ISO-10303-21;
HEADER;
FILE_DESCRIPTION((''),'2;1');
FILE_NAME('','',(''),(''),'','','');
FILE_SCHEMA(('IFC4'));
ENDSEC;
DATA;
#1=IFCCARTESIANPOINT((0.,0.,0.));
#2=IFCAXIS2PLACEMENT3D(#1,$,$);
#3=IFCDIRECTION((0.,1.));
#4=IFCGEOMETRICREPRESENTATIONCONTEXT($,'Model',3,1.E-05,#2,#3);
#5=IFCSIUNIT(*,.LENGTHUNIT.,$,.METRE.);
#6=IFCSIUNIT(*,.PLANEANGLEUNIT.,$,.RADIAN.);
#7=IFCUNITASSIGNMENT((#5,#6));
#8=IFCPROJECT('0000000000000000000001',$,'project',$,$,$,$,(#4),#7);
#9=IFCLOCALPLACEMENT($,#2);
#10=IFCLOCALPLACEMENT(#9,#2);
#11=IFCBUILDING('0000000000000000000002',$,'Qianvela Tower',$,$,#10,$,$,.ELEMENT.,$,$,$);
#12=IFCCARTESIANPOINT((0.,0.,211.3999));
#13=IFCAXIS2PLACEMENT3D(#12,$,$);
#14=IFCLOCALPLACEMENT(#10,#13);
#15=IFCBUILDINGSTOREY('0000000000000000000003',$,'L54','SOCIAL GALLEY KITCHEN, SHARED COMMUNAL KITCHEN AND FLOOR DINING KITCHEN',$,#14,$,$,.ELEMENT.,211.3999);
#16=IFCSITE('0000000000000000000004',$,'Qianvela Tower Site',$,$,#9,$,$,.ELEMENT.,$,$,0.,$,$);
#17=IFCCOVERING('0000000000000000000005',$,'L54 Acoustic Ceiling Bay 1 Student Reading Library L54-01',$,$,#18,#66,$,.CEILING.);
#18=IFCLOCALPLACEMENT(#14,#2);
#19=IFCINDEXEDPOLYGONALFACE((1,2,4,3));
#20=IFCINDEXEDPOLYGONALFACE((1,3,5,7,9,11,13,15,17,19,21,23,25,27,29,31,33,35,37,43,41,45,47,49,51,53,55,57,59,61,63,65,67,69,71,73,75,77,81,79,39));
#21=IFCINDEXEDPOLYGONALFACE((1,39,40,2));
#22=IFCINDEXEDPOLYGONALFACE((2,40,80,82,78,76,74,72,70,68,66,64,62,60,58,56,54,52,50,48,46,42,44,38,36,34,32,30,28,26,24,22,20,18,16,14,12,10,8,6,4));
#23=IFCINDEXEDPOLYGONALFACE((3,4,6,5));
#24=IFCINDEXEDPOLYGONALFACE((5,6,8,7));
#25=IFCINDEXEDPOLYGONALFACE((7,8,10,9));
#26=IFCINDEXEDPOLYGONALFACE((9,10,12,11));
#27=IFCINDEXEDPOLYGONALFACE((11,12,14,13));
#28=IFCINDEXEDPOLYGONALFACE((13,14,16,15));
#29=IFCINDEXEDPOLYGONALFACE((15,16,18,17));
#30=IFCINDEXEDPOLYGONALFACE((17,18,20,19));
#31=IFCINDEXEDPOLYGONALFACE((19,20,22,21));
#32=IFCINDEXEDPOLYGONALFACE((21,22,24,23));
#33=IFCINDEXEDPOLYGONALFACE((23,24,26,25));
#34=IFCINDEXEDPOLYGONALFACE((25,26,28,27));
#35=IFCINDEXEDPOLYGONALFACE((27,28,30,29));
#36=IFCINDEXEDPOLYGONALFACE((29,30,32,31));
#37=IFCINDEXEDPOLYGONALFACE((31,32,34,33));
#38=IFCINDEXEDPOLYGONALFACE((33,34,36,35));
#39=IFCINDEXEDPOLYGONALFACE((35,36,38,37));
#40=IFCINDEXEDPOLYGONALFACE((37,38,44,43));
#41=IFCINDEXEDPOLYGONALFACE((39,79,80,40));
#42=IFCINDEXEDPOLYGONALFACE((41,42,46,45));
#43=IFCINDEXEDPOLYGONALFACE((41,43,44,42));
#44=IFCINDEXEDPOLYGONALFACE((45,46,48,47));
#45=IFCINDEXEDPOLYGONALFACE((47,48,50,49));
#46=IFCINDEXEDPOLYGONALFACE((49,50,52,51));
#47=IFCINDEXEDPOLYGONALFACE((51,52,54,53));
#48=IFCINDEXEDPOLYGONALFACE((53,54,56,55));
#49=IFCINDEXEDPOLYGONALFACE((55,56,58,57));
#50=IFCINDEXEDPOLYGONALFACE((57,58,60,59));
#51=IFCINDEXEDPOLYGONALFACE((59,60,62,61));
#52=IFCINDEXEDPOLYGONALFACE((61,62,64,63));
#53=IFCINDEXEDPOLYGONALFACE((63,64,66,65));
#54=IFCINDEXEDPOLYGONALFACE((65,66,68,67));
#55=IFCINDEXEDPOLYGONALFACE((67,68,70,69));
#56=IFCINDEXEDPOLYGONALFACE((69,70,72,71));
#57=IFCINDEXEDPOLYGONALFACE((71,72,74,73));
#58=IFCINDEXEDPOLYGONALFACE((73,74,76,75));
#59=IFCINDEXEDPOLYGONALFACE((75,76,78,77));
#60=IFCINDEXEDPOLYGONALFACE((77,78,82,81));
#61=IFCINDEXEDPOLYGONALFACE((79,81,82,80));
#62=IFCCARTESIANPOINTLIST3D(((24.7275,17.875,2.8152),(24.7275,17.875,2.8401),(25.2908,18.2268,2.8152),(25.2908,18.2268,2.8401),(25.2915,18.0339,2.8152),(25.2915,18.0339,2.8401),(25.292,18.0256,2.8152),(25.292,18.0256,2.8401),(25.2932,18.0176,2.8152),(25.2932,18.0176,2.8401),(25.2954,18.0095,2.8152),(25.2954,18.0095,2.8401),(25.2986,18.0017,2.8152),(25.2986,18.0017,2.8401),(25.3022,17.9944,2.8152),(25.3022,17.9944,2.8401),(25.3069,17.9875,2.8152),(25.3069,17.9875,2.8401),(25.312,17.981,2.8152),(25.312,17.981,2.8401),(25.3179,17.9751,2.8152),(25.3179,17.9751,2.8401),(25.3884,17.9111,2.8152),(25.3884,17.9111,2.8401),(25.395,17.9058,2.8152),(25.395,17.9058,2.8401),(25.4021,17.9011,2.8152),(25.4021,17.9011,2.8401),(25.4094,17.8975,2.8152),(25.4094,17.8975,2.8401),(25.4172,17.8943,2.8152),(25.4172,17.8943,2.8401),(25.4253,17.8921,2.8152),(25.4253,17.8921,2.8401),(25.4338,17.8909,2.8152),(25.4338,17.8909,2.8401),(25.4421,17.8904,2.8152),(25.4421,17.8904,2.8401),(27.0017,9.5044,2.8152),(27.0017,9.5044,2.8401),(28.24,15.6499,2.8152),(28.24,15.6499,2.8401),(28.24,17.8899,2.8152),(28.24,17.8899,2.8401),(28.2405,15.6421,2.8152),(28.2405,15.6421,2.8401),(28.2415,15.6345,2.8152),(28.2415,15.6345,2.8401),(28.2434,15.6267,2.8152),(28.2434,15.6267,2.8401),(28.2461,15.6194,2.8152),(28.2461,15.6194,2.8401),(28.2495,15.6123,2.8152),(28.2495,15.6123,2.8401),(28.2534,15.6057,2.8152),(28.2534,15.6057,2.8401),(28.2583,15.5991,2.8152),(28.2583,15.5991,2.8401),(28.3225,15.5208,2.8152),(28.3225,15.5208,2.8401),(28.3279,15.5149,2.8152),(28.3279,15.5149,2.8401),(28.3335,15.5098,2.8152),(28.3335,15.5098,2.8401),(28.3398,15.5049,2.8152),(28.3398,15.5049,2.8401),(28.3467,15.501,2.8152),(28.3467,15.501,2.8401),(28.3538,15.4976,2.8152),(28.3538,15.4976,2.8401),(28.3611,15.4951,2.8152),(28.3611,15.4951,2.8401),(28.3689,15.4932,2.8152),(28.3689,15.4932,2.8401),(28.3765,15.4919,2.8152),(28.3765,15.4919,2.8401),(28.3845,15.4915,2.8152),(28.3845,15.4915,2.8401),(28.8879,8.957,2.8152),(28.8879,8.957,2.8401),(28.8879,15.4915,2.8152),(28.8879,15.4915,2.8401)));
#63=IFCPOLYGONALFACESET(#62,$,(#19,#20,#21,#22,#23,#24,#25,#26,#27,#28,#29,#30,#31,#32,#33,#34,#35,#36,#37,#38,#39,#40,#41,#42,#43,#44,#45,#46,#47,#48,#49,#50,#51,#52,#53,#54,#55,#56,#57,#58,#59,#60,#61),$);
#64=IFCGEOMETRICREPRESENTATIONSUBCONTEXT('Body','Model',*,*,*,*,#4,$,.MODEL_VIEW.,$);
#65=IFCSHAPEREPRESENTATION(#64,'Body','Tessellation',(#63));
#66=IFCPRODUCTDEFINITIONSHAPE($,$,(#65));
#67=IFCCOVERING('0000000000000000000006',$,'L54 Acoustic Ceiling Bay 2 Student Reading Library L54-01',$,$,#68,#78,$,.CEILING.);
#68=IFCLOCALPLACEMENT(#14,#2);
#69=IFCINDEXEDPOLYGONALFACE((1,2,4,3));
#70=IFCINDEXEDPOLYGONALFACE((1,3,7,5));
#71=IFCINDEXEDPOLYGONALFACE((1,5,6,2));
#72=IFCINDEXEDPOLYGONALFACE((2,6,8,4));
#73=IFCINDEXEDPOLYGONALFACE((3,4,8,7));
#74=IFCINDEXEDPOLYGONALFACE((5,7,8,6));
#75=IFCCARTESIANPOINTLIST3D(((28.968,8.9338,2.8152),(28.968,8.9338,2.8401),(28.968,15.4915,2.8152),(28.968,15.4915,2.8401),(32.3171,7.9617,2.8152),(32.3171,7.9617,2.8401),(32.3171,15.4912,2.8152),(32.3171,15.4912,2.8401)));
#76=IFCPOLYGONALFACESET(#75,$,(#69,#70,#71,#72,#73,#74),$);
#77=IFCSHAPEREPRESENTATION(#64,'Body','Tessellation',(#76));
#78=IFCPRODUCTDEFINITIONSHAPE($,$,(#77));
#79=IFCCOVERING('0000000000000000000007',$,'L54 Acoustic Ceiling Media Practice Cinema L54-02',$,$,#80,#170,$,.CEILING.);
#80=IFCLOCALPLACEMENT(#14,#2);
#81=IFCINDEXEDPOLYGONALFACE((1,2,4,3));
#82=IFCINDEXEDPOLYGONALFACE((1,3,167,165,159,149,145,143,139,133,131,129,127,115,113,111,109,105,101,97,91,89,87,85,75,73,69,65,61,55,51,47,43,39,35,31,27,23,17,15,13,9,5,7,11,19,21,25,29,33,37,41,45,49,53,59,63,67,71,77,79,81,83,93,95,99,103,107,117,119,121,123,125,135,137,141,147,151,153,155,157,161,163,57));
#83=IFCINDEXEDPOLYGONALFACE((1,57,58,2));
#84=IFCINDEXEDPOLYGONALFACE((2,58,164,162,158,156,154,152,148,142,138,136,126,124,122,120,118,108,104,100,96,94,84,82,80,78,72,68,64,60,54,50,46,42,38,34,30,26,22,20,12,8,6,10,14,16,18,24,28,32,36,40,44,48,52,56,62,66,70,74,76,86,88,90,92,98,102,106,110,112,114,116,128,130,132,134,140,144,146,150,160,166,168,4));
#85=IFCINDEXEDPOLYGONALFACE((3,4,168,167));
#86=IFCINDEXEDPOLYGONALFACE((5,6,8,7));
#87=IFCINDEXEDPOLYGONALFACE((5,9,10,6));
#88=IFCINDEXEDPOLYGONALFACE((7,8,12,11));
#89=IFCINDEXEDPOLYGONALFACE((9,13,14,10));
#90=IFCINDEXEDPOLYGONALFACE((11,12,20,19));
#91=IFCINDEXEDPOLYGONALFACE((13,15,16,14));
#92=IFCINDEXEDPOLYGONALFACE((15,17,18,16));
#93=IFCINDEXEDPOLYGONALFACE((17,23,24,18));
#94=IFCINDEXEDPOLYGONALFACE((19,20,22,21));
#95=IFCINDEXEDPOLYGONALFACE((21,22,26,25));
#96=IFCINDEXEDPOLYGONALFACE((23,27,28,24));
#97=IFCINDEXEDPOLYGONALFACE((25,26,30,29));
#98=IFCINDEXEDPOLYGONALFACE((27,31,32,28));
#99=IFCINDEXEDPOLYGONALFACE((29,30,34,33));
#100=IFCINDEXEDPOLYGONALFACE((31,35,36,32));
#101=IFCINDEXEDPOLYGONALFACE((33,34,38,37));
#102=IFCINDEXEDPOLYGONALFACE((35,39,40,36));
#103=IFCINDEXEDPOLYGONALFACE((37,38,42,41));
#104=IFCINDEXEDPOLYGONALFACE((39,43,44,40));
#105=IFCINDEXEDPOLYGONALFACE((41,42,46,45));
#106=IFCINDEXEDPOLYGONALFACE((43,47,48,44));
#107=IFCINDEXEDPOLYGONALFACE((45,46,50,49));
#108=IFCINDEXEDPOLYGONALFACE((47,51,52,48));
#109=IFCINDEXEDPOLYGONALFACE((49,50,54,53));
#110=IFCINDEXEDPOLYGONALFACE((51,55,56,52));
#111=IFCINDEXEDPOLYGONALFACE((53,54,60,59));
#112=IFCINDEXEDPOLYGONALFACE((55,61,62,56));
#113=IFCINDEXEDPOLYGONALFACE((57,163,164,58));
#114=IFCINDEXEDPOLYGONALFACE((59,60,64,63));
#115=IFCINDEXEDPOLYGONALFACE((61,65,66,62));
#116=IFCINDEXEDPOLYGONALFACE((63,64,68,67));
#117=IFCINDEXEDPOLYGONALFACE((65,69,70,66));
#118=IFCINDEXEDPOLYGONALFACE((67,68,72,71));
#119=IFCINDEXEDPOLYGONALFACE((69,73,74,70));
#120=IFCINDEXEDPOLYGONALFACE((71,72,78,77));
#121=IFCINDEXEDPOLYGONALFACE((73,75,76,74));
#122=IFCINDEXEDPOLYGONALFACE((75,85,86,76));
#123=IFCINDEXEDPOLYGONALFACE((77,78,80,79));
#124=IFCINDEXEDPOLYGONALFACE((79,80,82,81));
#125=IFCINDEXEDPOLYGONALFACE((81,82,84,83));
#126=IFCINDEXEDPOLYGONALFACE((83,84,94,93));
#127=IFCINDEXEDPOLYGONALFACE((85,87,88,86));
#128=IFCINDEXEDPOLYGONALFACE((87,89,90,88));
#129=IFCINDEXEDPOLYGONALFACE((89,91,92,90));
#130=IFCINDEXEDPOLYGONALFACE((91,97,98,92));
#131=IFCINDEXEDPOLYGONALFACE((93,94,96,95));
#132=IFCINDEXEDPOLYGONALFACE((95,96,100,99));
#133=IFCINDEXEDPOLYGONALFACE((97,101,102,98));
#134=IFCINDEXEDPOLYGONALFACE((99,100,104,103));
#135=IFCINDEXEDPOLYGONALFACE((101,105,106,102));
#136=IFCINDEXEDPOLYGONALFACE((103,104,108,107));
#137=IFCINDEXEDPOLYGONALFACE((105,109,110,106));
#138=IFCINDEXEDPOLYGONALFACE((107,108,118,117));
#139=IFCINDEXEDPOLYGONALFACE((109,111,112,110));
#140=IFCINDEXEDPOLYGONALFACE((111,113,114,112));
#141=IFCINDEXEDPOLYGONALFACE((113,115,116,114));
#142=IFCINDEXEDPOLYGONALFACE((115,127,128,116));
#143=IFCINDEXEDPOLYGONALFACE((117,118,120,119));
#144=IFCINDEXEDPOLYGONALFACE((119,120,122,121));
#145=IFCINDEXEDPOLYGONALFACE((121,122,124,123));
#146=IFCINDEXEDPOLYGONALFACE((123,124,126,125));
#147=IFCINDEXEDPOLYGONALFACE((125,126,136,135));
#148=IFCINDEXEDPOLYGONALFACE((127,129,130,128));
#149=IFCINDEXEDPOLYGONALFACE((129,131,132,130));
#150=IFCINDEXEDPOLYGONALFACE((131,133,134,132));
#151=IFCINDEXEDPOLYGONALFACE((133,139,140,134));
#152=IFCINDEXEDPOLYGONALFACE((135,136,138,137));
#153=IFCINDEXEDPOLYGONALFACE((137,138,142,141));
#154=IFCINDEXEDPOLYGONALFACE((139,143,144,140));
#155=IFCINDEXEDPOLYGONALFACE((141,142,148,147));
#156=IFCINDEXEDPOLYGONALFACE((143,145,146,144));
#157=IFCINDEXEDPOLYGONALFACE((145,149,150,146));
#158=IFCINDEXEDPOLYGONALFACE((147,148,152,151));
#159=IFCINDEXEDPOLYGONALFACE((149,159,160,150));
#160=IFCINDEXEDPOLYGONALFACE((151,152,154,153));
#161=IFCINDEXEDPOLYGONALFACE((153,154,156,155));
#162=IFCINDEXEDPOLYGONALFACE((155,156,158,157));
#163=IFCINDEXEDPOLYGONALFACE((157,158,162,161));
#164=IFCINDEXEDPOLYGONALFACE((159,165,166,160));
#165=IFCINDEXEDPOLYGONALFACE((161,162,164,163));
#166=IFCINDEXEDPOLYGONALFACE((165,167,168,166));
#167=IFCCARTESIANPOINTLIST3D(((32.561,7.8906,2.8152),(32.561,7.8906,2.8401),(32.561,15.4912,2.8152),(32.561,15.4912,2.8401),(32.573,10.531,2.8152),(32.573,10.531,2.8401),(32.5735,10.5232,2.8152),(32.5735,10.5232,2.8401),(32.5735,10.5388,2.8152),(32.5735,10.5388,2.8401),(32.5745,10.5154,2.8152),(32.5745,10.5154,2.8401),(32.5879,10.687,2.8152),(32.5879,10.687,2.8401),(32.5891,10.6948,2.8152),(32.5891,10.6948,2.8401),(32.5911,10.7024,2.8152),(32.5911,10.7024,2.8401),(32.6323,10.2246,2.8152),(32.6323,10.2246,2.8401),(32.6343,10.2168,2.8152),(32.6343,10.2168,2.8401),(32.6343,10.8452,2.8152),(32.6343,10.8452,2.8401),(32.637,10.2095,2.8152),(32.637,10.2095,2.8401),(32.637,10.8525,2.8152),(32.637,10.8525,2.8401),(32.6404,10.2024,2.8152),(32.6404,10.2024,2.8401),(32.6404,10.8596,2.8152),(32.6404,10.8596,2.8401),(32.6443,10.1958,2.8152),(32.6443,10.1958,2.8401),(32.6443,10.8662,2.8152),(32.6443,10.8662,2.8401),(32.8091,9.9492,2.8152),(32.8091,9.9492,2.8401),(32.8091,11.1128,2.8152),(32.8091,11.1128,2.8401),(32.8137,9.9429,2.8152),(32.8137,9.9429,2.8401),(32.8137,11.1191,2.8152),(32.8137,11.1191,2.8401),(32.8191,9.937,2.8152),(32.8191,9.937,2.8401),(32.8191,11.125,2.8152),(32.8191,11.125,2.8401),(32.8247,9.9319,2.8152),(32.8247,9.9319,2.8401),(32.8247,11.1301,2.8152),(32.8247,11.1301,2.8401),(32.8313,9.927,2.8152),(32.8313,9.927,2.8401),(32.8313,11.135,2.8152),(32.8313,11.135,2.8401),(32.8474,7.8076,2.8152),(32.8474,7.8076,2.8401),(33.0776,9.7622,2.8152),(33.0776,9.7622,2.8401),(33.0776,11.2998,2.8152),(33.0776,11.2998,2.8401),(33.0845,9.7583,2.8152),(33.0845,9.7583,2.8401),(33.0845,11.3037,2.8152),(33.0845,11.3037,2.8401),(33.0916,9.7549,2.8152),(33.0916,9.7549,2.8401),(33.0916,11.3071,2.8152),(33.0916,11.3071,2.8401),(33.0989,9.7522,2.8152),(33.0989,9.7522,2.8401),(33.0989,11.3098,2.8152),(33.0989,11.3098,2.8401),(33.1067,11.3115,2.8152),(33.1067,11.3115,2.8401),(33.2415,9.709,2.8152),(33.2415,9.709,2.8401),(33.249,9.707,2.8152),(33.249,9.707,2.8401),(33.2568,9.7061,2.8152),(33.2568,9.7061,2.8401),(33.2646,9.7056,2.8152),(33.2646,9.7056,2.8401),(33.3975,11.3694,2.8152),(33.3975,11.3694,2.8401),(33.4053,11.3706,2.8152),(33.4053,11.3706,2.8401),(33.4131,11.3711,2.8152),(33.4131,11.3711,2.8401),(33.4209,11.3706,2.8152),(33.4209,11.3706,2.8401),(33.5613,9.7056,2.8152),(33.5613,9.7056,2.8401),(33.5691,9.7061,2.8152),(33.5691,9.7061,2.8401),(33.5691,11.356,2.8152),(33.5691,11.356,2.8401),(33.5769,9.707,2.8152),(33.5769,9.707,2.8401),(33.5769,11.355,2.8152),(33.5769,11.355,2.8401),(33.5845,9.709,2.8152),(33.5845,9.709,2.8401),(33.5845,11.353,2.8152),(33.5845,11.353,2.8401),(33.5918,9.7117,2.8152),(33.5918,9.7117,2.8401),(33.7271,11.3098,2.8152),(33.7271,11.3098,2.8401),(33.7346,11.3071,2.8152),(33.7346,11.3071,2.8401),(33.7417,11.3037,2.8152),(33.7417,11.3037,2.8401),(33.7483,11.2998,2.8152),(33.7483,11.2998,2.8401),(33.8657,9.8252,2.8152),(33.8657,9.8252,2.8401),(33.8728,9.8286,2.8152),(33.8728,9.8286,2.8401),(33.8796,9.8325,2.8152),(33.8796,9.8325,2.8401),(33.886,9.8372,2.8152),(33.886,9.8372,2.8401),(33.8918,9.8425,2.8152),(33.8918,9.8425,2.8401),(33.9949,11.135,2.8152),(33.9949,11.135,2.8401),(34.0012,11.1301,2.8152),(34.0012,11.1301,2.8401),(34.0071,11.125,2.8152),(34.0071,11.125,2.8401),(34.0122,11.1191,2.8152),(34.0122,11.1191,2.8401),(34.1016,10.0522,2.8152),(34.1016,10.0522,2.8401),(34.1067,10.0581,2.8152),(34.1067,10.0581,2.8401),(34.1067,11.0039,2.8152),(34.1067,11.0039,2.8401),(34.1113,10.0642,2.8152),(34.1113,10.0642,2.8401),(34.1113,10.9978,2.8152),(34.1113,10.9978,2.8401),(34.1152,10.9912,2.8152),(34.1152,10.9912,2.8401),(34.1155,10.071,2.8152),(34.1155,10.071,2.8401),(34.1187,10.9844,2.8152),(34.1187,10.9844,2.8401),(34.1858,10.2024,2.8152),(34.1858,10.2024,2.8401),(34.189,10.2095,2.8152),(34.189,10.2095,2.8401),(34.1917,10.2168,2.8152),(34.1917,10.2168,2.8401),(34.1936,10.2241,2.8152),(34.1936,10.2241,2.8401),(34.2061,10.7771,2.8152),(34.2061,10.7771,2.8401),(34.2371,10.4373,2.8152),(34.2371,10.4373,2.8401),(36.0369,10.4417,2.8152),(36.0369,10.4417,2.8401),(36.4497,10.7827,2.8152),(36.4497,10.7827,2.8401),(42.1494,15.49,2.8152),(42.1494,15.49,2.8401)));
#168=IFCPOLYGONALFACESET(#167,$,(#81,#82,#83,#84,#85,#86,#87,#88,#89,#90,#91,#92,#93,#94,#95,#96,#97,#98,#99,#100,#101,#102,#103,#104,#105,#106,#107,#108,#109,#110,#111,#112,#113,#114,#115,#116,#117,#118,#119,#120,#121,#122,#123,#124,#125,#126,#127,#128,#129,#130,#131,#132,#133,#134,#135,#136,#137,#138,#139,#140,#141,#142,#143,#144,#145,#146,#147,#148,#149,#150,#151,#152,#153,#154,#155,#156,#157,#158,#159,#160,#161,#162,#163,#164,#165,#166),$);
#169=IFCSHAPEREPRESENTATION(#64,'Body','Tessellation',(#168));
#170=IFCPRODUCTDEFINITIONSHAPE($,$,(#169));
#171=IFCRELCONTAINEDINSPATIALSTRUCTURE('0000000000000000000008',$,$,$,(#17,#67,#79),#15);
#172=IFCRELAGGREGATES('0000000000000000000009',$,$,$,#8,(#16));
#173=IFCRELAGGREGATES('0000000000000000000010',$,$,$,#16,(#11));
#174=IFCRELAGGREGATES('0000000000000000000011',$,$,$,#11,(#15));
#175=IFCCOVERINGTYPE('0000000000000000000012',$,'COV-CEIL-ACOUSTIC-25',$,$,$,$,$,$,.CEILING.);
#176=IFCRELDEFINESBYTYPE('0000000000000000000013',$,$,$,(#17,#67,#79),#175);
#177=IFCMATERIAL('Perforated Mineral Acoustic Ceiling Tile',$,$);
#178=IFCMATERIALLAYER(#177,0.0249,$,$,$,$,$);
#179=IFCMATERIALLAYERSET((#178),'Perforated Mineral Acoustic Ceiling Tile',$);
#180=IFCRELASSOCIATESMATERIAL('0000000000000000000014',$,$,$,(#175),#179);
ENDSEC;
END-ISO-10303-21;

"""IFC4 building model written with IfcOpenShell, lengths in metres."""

from ifc_helpers import new_model, si_unit, direction, frame, origin, place, context, subcontext, project, spatial, polyline, outline, extrude, material, layer, layer_set, type_object, element, save


model = new_model("IFC4")

# Units and contexts
model_context = context("Model", 3, precision=1e-05, world=origin(), true_north=direction((0.0, 1.0)))
body_context = subcontext(model_context, "Body", "Model", "MODEL_VIEW")
ifc_project = project(units=[si_unit("LENGTHUNIT", "METRE"), si_unit("PLANEANGLEUNIT", "RADIAN")], contexts=[model_context])

# Site, building, storey
site_placement = place(None, origin())
site = spatial("IfcSite", under=ifc_project, at=site_placement, Name="Qianvela Tower Site", CompositionType="ELEMENT", RefElevation=0.0)
building_placement = place(site_placement, origin())
building = spatial("IfcBuilding", under=site, at=building_placement, Name="Qianvela Tower", CompositionType="ELEMENT")
storey_placement = place(building_placement, frame((0.0, 0.0, 211.3999)))
storey = spatial("IfcBuildingStorey", under=building, at=storey_placement, Name="L54", Description="SOCIAL GALLEY KITCHEN, SHARED COMMUNAL KITCHEN AND FLOOR DINING KITCHEN", CompositionType="ELEMENT", Elevation=211.3999)

# Coverings
ifc_material_1 = material(Name="Perforated Mineral Acoustic Ceiling Tile")
ifc_layer_1 = layer(ifc_material_1, 0.0249)
ifc_layer_set_1 = layer_set([ifc_layer_1], Name="Perforated Mineral Acoustic Ceiling Tile")
covering_type_1 = type_object("IfcCoveringType", Name="COV-CEIL-ACOUSTIC-25", PredefinedType="CEILING", material=ifc_layer_set_1)
covering_1_placement = place(storey_placement, frame((0.0, 0.0, 2.8152)))
element("IfcCovering", 1, at=covering_1_placement, inside=storey, type_object=covering_type_1, Name="L54 Acoustic Ceiling Bay 1 Student Reading Library L54-01", PredefinedType="CEILING", context=body_context, shape_type="SweptSolid", body=[
    extrude(outline(polyline([(25.2915, 18.0339), (25.292, 18.0256), (25.2932, 18.0176), (25.2954, 18.0095), (25.2986, 18.0017), (25.3022, 17.9944), (25.3069, 17.9875), (25.312, 17.981), (25.3179, 17.9751), (25.3884, 17.9111), (25.395, 17.9058), (25.4021, 17.9011), (25.4094, 17.8975), (25.4172, 17.8943), (25.4253, 17.8921), (25.4338, 17.8909), (25.4421, 17.8904), (28.24, 17.8899), (28.24, 15.6499), (28.2405, 15.6421), (28.2415, 15.6345), (28.2434, 15.6267), (28.2461, 15.6194), (28.2495, 15.6123), (28.2534, 15.6057), (28.2583, 15.5991), (28.3225, 15.5208), (28.3279, 15.5149), (28.3335, 15.5098), (28.3398, 15.5049), (28.3467, 15.501), (28.3538, 15.4976), (28.3611, 15.4951), (28.3689, 15.4932), (28.3765, 15.4919), (28.3845, 15.4915), (28.8879, 15.4915), (28.8879, 8.957), (27.0017, 9.5044), (24.7275, 17.875), (25.2908, 18.2268), (25.2915, 18.0339)])), origin(), (0.0, 0.0, 1.0), 0.0249),
])
covering_2_placement = place(storey_placement, frame((0.0, 0.0, 2.8152)))
element("IfcCovering", 2, at=covering_2_placement, inside=storey, type_object=covering_type_1, Name="L54 Acoustic Ceiling Bay 2 Student Reading Library L54-01", PredefinedType="CEILING", context=body_context, shape_type="SweptSolid", body=[
    extrude(outline(polyline([(32.3171, 15.4912), (32.3171, 7.9617), (28.968, 8.9338), (28.968, 15.4915), (32.3171, 15.4912)])), origin(), (0.0, 0.0, 1.0), 0.0249),
])
covering_3_placement = place(storey_placement, frame((0.0, 0.0, 2.8152)))
element("IfcCovering", 3, at=covering_3_placement, inside=storey, type_object=covering_type_1, Name="L54 Acoustic Ceiling Media Practice Cinema L54-02", PredefinedType="CEILING", context=body_context, shape_type="SweptSolid", body=[
    extrude(outline(polyline([(32.561, 15.4912), (42.1494, 15.49), (36.4497, 10.7827), (34.2061, 10.7771), (34.1187, 10.9844), (34.1152, 10.9912), (34.1113, 10.9978), (34.1067, 11.0039), (34.0122, 11.1191), (34.0071, 11.125), (34.0012, 11.1301), (33.9949, 11.135), (33.7483, 11.2998), (33.7417, 11.3037), (33.7346, 11.3071), (33.7271, 11.3098), (33.5845, 11.353), (33.5769, 11.355), (33.5691, 11.356), (33.4209, 11.3706), (33.4131, 11.3711), (33.4053, 11.3706), (33.3975, 11.3694), (33.1067, 11.3115), (33.0989, 11.3098), (33.0916, 11.3071), (33.0845, 11.3037), (33.0776, 11.2998), (32.8313, 11.135), (32.8247, 11.1301), (32.8191, 11.125), (32.8137, 11.1191), (32.8091, 11.1128), (32.6443, 10.8662), (32.6404, 10.8596), (32.637, 10.8525), (32.6343, 10.8452), (32.5911, 10.7024), (32.5891, 10.6948), (32.5879, 10.687), (32.5735, 10.5388), (32.573, 10.531), (32.5735, 10.5232), (32.5745, 10.5154), (32.6323, 10.2246), (32.6343, 10.2168), (32.637, 10.2095), (32.6404, 10.2024), (32.6443, 10.1958), (32.8091, 9.9492), (32.8137, 9.9429), (32.8191, 9.937), (32.8247, 9.9319), (32.8313, 9.927), (33.0776, 9.7622), (33.0845, 9.7583), (33.0916, 9.7549), (33.0989, 9.7522), (33.2415, 9.709), (33.249, 9.707), (33.2568, 9.7061), (33.2646, 9.7056), (33.5613, 9.7056), (33.5691, 9.7061), (33.5769, 9.707), (33.5845, 9.709), (33.5918, 9.7117), (33.8657, 9.8252), (33.8728, 9.8286), (33.8796, 9.8325), (33.886, 9.8372), (33.8918, 9.8425), (34.1016, 10.0522), (34.1067, 10.0581), (34.1113, 10.0642), (34.1155, 10.071), (34.1858, 10.2024), (34.189, 10.2095), (34.1917, 10.2168), (34.1936, 10.2241), (34.2371, 10.4373), (36.0369, 10.4417), (32.8474, 7.8076), (32.561, 7.8906), (32.561, 15.4912)])), origin(), (0.0, 0.0, 1.0), 0.0249),
])

save(model, "model.ifc")
